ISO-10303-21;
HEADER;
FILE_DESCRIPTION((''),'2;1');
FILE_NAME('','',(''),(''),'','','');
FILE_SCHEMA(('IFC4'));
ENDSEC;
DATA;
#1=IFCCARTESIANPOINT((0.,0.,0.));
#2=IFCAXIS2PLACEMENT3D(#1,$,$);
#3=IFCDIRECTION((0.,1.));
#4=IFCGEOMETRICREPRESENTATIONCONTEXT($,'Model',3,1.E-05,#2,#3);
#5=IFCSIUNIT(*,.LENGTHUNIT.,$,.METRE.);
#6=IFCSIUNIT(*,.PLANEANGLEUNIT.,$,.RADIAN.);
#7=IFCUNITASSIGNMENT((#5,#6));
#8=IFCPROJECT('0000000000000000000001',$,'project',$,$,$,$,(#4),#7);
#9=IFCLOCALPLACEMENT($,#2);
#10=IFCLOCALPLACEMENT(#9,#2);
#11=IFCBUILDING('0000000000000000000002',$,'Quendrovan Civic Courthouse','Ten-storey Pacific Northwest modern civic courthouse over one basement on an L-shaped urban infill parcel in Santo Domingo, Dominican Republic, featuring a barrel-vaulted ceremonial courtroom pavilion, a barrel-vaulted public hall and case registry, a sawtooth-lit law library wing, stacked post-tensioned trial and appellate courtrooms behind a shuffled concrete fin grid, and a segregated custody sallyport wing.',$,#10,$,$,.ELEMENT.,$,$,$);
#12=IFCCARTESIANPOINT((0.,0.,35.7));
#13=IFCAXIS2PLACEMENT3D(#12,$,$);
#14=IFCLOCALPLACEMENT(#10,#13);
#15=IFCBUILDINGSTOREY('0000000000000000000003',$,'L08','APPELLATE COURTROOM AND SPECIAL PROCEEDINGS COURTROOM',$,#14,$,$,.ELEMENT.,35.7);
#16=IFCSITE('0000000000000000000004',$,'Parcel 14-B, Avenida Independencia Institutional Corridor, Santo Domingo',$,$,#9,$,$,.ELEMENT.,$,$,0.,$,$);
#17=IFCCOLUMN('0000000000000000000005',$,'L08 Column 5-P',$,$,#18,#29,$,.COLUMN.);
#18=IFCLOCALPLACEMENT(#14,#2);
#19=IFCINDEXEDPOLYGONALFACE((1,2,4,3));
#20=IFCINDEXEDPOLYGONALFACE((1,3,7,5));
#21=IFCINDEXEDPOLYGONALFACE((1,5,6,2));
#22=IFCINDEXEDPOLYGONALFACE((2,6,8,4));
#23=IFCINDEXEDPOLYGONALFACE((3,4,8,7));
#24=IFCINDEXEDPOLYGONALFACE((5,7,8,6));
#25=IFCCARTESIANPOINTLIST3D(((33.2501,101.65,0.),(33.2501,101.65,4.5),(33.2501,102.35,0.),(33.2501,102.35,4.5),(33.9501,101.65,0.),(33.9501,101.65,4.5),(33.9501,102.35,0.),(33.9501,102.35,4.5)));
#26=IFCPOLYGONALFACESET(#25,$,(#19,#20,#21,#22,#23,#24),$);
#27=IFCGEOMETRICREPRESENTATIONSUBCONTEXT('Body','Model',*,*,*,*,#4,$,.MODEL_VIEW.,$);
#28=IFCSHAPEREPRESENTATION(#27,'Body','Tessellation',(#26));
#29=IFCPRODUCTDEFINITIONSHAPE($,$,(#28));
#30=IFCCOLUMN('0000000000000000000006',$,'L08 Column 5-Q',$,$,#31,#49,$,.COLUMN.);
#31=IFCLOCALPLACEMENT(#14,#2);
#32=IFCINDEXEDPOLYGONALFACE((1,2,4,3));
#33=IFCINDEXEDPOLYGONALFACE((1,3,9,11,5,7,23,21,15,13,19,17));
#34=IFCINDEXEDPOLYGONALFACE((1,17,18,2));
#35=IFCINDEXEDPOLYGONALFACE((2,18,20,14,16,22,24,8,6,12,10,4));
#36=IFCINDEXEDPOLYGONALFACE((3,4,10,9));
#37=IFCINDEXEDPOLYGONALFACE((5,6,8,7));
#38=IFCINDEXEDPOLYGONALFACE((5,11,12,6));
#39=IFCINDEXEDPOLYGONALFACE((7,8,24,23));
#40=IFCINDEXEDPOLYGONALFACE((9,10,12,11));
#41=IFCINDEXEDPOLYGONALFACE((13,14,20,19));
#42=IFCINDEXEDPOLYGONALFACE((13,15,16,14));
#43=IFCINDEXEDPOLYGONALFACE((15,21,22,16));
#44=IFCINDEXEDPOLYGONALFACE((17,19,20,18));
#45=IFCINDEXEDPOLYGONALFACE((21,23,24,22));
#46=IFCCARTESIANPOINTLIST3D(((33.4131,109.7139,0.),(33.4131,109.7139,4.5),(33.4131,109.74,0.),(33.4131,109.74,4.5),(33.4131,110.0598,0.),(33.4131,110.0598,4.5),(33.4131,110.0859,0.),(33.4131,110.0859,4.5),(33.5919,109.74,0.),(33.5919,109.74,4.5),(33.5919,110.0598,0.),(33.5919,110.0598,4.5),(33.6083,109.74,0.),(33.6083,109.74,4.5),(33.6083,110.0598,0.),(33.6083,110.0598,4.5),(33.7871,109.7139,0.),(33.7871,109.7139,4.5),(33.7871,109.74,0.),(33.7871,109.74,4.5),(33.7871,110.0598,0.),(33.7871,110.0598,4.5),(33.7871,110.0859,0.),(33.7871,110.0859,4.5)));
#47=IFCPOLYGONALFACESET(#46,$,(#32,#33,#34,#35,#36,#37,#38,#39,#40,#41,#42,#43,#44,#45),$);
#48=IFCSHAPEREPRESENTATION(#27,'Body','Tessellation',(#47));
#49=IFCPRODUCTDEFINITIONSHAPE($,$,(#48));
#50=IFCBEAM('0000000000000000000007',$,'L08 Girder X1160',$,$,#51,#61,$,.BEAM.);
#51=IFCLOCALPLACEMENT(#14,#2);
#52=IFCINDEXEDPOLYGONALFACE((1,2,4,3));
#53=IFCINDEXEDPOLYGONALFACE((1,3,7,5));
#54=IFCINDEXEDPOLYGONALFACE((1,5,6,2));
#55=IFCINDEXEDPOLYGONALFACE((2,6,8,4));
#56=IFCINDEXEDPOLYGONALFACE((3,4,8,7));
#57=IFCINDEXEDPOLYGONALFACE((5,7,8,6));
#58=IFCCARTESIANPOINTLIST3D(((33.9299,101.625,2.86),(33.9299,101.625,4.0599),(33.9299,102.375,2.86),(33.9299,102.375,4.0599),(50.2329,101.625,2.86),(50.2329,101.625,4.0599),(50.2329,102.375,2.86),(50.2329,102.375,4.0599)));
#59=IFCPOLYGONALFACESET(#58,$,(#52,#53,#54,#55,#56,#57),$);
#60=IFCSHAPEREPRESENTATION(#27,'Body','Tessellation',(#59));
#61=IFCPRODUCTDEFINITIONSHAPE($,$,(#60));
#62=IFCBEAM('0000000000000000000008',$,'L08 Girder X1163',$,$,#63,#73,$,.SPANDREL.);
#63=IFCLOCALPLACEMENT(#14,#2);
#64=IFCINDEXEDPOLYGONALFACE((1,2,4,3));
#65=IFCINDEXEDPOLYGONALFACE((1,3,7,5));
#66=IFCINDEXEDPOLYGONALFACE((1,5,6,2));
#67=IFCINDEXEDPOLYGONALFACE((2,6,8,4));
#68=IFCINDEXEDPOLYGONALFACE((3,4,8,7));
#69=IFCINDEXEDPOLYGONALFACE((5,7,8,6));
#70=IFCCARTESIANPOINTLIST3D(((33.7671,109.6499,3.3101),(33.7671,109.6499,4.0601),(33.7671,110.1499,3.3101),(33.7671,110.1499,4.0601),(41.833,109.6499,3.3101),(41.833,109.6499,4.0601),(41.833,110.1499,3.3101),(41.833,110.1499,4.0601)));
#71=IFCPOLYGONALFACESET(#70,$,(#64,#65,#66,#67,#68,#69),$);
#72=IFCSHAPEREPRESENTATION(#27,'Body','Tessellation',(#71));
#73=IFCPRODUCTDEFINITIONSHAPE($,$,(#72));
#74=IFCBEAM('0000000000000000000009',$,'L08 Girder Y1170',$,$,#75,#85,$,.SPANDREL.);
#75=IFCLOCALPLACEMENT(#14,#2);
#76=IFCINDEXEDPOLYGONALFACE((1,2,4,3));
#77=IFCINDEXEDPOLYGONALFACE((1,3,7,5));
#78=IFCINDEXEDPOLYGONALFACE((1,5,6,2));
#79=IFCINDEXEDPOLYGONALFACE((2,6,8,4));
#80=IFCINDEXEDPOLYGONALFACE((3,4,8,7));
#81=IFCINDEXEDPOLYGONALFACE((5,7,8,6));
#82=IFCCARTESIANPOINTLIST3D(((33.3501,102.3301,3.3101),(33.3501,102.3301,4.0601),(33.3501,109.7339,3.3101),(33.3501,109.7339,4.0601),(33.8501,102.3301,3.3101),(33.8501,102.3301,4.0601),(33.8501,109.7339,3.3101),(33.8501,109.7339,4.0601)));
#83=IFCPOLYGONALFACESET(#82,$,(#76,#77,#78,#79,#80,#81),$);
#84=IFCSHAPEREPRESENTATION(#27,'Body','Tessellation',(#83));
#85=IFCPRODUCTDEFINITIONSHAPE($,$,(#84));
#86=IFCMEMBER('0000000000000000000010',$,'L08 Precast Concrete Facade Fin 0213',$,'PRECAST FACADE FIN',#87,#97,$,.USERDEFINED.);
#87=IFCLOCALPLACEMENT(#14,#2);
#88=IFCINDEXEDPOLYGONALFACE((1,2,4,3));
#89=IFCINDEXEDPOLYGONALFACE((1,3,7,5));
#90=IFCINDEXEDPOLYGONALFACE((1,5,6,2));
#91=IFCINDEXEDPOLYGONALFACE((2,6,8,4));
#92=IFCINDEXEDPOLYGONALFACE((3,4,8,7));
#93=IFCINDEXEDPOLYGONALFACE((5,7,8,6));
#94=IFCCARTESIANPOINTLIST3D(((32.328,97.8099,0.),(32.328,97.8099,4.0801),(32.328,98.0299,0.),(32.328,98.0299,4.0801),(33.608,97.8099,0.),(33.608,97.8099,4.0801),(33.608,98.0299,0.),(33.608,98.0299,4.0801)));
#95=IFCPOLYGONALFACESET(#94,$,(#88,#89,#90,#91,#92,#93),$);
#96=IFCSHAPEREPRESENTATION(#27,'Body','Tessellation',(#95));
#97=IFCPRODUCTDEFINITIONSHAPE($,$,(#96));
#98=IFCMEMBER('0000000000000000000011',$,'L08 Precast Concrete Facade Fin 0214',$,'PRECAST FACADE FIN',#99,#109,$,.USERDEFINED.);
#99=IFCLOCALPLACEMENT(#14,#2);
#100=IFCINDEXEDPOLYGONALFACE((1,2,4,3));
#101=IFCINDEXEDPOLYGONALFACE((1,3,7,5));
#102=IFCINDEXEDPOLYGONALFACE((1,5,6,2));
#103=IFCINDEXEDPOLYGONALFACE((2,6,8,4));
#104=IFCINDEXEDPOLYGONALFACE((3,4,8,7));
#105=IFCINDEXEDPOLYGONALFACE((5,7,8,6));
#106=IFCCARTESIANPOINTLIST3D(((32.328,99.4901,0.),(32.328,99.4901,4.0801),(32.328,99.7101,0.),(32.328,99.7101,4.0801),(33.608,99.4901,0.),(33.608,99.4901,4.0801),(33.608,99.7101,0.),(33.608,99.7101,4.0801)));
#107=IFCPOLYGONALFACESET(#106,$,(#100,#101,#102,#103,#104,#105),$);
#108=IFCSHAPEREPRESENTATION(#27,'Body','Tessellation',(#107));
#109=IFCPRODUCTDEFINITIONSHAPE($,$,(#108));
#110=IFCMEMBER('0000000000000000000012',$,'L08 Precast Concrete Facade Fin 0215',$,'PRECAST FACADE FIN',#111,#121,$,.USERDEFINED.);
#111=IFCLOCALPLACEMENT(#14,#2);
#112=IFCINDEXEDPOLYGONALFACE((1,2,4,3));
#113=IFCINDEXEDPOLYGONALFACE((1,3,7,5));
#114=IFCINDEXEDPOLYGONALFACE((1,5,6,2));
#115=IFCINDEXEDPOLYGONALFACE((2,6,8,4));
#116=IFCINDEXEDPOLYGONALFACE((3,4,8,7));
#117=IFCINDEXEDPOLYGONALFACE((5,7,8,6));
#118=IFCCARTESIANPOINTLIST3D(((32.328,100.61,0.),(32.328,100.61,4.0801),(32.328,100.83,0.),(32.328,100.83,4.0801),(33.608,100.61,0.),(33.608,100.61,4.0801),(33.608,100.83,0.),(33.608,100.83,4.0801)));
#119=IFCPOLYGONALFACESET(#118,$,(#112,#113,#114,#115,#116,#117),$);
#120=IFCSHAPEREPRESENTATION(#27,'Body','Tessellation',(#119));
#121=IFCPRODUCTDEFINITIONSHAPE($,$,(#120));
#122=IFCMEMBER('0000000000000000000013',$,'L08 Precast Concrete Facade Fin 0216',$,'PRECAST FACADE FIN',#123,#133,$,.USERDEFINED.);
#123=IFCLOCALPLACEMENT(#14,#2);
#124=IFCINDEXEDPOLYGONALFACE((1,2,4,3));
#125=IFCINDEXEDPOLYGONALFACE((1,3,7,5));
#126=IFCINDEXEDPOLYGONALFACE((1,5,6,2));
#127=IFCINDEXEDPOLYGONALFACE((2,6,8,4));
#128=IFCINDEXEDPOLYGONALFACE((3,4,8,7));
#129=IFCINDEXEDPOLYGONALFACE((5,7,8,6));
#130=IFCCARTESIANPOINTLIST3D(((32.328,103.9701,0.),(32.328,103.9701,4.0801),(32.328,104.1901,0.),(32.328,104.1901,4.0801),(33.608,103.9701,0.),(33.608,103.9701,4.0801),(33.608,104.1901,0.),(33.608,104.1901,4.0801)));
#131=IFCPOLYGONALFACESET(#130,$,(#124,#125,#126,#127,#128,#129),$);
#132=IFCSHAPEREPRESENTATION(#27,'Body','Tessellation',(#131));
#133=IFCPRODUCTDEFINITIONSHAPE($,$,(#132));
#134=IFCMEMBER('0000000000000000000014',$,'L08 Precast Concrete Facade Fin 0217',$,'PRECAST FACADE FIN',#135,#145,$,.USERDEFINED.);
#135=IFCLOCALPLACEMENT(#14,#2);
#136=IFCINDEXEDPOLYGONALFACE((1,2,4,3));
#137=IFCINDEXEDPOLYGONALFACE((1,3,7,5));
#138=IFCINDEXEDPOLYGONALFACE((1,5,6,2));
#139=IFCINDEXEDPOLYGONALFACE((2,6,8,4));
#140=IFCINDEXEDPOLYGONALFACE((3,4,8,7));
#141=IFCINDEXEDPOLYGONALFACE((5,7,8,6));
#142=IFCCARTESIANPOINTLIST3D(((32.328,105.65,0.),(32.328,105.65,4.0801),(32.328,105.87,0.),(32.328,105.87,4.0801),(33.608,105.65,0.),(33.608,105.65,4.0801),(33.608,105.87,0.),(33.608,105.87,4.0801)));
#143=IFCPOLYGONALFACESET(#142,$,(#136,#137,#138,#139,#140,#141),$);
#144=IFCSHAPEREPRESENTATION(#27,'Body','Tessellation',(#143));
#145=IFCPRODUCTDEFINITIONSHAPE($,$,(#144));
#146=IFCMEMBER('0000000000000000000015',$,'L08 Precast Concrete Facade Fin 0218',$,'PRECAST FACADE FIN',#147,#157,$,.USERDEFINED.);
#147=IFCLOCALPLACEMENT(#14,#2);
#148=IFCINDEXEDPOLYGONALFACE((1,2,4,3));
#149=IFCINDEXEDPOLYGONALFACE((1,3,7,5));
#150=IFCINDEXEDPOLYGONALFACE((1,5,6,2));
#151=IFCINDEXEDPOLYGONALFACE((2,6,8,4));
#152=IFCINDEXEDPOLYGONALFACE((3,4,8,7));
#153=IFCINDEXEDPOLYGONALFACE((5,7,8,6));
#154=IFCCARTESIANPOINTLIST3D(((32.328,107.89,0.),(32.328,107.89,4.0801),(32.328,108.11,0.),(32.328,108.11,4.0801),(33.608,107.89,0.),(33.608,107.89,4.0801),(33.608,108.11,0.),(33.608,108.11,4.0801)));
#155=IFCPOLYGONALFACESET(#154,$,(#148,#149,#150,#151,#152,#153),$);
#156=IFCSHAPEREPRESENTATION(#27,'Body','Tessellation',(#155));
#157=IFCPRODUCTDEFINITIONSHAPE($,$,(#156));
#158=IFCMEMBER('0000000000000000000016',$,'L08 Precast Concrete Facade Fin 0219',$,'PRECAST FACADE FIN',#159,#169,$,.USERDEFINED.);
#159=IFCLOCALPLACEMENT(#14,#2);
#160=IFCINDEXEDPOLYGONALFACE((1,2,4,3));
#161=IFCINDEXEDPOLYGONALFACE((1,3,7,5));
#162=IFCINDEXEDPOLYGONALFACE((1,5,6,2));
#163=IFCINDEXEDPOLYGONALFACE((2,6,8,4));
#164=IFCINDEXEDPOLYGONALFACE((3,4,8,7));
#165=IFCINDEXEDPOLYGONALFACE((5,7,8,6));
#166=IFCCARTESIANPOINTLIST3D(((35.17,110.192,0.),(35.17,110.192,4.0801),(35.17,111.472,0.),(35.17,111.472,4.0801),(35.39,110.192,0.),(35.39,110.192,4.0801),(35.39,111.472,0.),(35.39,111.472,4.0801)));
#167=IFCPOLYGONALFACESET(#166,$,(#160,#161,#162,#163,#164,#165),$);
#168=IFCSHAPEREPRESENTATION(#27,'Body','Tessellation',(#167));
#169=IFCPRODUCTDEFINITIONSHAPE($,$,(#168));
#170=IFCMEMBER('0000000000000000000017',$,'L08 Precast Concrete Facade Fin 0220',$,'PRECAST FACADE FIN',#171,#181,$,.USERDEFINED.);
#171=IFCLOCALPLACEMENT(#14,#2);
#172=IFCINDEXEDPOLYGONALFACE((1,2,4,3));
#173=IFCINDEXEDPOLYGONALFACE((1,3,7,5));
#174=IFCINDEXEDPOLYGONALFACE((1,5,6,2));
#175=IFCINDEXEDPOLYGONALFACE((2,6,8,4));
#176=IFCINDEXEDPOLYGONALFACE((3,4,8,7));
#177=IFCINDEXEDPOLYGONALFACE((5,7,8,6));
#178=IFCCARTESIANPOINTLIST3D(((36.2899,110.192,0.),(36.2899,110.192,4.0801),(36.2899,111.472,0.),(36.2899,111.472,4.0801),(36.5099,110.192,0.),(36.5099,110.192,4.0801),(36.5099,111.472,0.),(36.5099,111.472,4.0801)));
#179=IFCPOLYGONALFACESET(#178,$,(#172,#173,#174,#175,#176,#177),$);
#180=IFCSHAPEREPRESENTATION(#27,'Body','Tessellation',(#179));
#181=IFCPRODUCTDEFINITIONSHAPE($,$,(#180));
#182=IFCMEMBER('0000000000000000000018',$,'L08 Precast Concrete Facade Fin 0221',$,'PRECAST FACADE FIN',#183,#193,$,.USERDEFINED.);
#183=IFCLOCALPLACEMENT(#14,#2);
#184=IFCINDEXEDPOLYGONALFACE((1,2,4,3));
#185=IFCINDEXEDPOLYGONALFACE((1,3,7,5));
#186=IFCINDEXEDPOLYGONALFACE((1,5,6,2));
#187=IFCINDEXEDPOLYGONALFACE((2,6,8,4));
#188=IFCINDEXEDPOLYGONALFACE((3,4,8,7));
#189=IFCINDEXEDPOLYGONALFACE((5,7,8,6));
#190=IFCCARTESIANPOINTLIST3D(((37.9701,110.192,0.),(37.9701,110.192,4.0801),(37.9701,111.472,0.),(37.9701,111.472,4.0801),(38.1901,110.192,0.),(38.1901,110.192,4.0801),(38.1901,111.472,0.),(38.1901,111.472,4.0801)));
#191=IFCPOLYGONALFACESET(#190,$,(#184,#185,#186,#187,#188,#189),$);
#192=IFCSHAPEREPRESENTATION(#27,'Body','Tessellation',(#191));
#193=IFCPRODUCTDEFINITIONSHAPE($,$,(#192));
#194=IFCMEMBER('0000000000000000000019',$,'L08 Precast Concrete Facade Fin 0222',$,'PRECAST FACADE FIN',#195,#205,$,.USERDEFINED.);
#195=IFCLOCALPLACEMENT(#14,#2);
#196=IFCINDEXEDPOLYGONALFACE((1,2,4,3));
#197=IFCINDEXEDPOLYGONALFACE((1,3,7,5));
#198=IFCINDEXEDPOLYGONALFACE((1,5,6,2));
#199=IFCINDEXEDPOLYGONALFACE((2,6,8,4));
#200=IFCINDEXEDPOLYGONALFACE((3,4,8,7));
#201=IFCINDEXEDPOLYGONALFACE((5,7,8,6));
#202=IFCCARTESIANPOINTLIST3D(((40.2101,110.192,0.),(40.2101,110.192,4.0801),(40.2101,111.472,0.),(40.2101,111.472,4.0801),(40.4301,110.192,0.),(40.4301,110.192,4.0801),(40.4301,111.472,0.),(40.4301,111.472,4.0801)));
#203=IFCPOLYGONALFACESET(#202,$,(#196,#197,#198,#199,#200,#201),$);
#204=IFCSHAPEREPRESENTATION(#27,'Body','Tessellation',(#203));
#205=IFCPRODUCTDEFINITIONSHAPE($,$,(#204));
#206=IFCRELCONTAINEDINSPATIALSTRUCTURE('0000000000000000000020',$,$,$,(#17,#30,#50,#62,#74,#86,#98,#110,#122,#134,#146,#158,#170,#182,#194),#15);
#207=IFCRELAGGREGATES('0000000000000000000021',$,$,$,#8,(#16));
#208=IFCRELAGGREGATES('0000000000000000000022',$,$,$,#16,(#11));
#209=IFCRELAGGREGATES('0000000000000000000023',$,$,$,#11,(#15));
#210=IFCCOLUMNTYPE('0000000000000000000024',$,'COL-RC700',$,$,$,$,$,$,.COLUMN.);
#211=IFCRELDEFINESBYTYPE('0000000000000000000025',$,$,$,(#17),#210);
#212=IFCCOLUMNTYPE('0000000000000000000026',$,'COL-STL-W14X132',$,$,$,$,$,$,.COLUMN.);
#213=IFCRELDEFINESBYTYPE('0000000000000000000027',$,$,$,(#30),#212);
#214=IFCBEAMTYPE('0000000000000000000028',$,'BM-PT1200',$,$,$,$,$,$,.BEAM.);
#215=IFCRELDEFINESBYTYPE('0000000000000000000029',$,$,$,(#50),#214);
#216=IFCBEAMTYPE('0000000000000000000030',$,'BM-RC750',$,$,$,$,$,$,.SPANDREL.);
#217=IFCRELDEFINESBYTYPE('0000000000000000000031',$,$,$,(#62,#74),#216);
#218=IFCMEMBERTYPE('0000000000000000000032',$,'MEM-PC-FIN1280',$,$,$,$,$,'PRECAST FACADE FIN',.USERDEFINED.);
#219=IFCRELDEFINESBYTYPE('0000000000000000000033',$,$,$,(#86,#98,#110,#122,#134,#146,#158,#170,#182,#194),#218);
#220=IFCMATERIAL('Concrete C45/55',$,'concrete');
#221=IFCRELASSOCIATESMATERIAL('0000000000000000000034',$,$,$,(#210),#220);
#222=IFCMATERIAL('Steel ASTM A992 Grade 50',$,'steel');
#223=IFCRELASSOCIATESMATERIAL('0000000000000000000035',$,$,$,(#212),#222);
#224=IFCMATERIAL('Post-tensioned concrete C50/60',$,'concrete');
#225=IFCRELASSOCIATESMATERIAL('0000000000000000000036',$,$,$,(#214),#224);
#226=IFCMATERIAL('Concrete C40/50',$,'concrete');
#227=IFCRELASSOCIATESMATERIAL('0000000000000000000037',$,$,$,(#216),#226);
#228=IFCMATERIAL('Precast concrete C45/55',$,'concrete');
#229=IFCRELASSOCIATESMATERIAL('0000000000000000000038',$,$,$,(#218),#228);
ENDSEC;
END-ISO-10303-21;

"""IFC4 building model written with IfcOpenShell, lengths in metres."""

from ifc_helpers import new_model, si_unit, direction, frame, origin, origin_2d, place, context, subcontext, project, spatial, rectangle, i_section, extrude, material, material_profile, profile_set, type_object, element, save


model = new_model("IFC4")

# Units and contexts
model_context = context("Model", 3, precision=1e-05, world=origin(), true_north=direction((0.0, 1.0)))
body_context = subcontext(model_context, "Body", "Model", "MODEL_VIEW")
ifc_project = project(units=[si_unit("LENGTHUNIT", "METRE"), si_unit("PLANEANGLEUNIT", "RADIAN")], contexts=[model_context])

# Site, building, storey
site_placement = place(None, origin())
site = spatial("IfcSite", under=ifc_project, at=site_placement, Name="Parcel 14-B, Avenida Independencia Institutional Corridor, Santo Domingo", CompositionType="ELEMENT", RefElevation=0.0)
building_placement = place(site_placement, origin())
building = spatial("IfcBuilding", under=site, at=building_placement, Name="Quendrovan Civic Courthouse", Description="Ten-storey Pacific Northwest modern civic courthouse over one basement on an L-shaped urban infill parcel in Santo Domingo, Dominican Republic, featuring a barrel-vaulted ceremonial courtroom pavilion, a barrel-vaulted public hall and case registry, a sawtooth-lit law library wing, stacked post-tensioned trial and appellate courtrooms behind a shuffled concrete fin grid, and a segregated custody sallyport wing.", CompositionType="ELEMENT")
storey_placement = place(building_placement, frame((0.0, 0.0, 35.7)))
storey = spatial("IfcBuildingStorey", under=building, at=storey_placement, Name="L08", Description="APPELLATE COURTROOM AND SPECIAL PROCEEDINGS COURTROOM", CompositionType="ELEMENT", Elevation=35.7)

# Columns
ifc_material_1 = material(Name="Concrete C45/55", Category="concrete")
ifc_material_profile_1 = material_profile(ifc_material_1, rectangle(XDim=0.7, YDim=0.7, at=origin_2d()), Name="RC-COL-700x700")
ifc_profile_set_1 = profile_set([ifc_material_profile_1], Name="Concrete C45/55")
column_type_1 = type_object("IfcColumnType", Name="COL-RC700", PredefinedType="COLUMN", material=ifc_profile_set_1)
column_1_placement = place(storey_placement, frame((33.6001, 102.0, 0.0), z_axis=(0.0, 0.0, 1.0), x_axis=(1.0, 0.0, 0.0)))
element("IfcColumn", 1, at=column_1_placement, inside=storey, type_object=column_type_1, Name="L08 Column 5-P", PredefinedType="COLUMN", context=body_context, shape_type="SweptSolid", body=[
    extrude(rectangle(XDim=0.7, YDim=0.7, at=origin_2d()), origin(), (0.0, 0.0, 1.0), 4.5),
])
ifc_material_2 = material(Name="Steel ASTM A992 Grade 50", Category="steel")
ifc_material_profile_2 = material_profile(ifc_material_2, i_section(OverallWidth=0.374, OverallDepth=0.3721, WebThickness=0.0164, FlangeThickness=0.0261, at=origin_2d()), Name="W14X132")
ifc_profile_set_2 = profile_set([ifc_material_profile_2], Name="Steel ASTM A992 Grade 50")
column_type_2 = type_object("IfcColumnType", Name="COL-STL-W14X132", PredefinedType="COLUMN", material=ifc_profile_set_2)
column_2_placement = place(storey_placement, frame((33.6001, 109.8999, 0.0), z_axis=(0.0, 0.0, 1.0), x_axis=(1.0, 0.0, 0.0)))
element("IfcColumn", 2, at=column_2_placement, inside=storey, type_object=column_type_2, Name="L08 Column 5-Q", PredefinedType="COLUMN", context=body_context, shape_type="SweptSolid", body=[
    extrude(i_section(OverallWidth=0.374, OverallDepth=0.3721, WebThickness=0.0164, FlangeThickness=0.0261, at=origin_2d()), origin(), (0.0, 0.0, 1.0), 4.5),
])

# Beams
ifc_material_3 = material(Name="Post-tensioned concrete C50/60", Category="concrete")
ifc_material_profile_3 = material_profile(ifc_material_3, rectangle(XDim=0.75, YDim=1.2, at=origin_2d()), Name="PT-GIRD-750x1200")
ifc_profile_set_3 = profile_set([ifc_material_profile_3], Name="Post-tensioned concrete C50/60")
beam_type_1 = type_object("IfcBeamType", Name="BM-PT1200", PredefinedType="BEAM", material=ifc_profile_set_3)
beam_1_placement = place(storey_placement, frame((33.9299, 102.0, 3.46), z_axis=(1.0, 0.0, 0.0), x_axis=(0.0, 1.0, 0.0)))
element("IfcBeam", 3, at=beam_1_placement, inside=storey, type_object=beam_type_1, Name="L08 Girder X1160", PredefinedType="BEAM", context=body_context, shape_type="SweptSolid", body=[
    extrude(rectangle(XDim=0.75, YDim=1.2, at=origin_2d()), origin(), (0.0, 0.0, 1.0), 16.303),
])
ifc_material_4 = material(Name="Concrete C40/50", Category="concrete")
ifc_material_profile_4 = material_profile(ifc_material_4, rectangle(XDim=0.5, YDim=0.75, at=origin_2d()), Name="RC-BM-500x750")
ifc_profile_set_4 = profile_set([ifc_material_profile_4], Name="Concrete C40/50")
beam_type_2 = type_object("IfcBeamType", Name="BM-RC750", PredefinedType="SPANDREL", material=ifc_profile_set_4)
beam_2_placement = place(storey_placement, frame((33.7671, 109.8999, 3.6851), z_axis=(1.0, 0.0, 0.0), x_axis=(0.0, 1.0, 0.0)))
element("IfcBeam", 4, at=beam_2_placement, inside=storey, type_object=beam_type_2, Name="L08 Girder X1163", PredefinedType="SPANDREL", context=body_context, shape_type="SweptSolid", body=[
    extrude(rectangle(XDim=0.5, YDim=0.75, at=origin_2d()), origin(), (0.0, 0.0, 1.0), 8.0659),
])
beam_3_placement = place(storey_placement, frame((33.6001, 102.3301, 3.6851), z_axis=(0.0, 1.0, 0.0), x_axis=(-1.0, 0.0, 0.0)))
element("IfcBeam", 5, at=beam_3_placement, inside=storey, type_object=beam_type_2, Name="L08 Girder Y1170", PredefinedType="SPANDREL", context=body_context, shape_type="SweptSolid", body=[
    extrude(rectangle(XDim=0.5, YDim=0.75, at=origin_2d()), origin(), (0.0, 0.0, 1.0), 7.4038),
])

# Members
ifc_material_5 = material(Name="Precast concrete C45/55", Category="concrete")
ifc_material_profile_5 = material_profile(ifc_material_5, rectangle(XDim=0.22, YDim=1.28, at=origin_2d()), Name="PC-FIN-220x1280")
ifc_profile_set_5 = profile_set([ifc_material_profile_5], Name="Precast concrete C45/55")
member_type = type_object("IfcMemberType", Name="MEM-PC-FIN1280", ElementType="PRECAST FACADE FIN", PredefinedType="USERDEFINED", material=ifc_profile_set_5)
for number, where, z_axis, x_axis, name in (
    (6, (32.968, 97.9199, 0.0), (0.0, 0.0, 1.0), (0.0, 1.0, 0.0), "L08 Precast Concrete Facade Fin 0213"),
    (7, (32.968, 99.6001, 0.0), (0.0, 0.0, 1.0), (0.0, 1.0, 0.0), "L08 Precast Concrete Facade Fin 0214"),
    (8, (32.968, 100.72, 0.0), (0.0, 0.0, 1.0), (0.0, 1.0, 0.0), "L08 Precast Concrete Facade Fin 0215"),
    (9, (32.968, 104.0801, 0.0), (0.0, 0.0, 1.0), (0.0, 1.0, 0.0), "L08 Precast Concrete Facade Fin 0216"),
    (10, (32.968, 105.76, 0.0), (0.0, 0.0, 1.0), (0.0, 1.0, 0.0), "L08 Precast Concrete Facade Fin 0217"),
    (11, (32.968, 108.0, 0.0), (0.0, 0.0, 1.0), (0.0, 1.0, 0.0), "L08 Precast Concrete Facade Fin 0218"),
    (12, (35.28, 110.832, 0.0), (0.0, 0.0, 1.0), (1.0, 0.0, 0.0), "L08 Precast Concrete Facade Fin 0219"),
    (13, (36.3999, 110.832, 0.0), (0.0, 0.0, 1.0), (1.0, 0.0, 0.0), "L08 Precast Concrete Facade Fin 0220"),
    (14, (38.0801, 110.832, 0.0), (0.0, 0.0, 1.0), (1.0, 0.0, 0.0), "L08 Precast Concrete Facade Fin 0221"),
    (15, (40.3201, 110.832, 0.0), (0.0, 0.0, 1.0), (1.0, 0.0, 0.0), "L08 Precast Concrete Facade Fin 0222"),
):
    element("IfcMember", number, at=place(storey_placement, frame(where, z_axis=z_axis, x_axis=x_axis)), inside=storey, type_object=member_type, Name=name, ObjectType="PRECAST FACADE FIN", PredefinedType="USERDEFINED", context=body_context, shape_type="SweptSolid", body=[
        extrude(rectangle(XDim=0.22, YDim=1.28, at=origin_2d()), origin(), (0.0, 0.0, 1.0), 4.0801),
    ])

save(model, "model.ifc")
